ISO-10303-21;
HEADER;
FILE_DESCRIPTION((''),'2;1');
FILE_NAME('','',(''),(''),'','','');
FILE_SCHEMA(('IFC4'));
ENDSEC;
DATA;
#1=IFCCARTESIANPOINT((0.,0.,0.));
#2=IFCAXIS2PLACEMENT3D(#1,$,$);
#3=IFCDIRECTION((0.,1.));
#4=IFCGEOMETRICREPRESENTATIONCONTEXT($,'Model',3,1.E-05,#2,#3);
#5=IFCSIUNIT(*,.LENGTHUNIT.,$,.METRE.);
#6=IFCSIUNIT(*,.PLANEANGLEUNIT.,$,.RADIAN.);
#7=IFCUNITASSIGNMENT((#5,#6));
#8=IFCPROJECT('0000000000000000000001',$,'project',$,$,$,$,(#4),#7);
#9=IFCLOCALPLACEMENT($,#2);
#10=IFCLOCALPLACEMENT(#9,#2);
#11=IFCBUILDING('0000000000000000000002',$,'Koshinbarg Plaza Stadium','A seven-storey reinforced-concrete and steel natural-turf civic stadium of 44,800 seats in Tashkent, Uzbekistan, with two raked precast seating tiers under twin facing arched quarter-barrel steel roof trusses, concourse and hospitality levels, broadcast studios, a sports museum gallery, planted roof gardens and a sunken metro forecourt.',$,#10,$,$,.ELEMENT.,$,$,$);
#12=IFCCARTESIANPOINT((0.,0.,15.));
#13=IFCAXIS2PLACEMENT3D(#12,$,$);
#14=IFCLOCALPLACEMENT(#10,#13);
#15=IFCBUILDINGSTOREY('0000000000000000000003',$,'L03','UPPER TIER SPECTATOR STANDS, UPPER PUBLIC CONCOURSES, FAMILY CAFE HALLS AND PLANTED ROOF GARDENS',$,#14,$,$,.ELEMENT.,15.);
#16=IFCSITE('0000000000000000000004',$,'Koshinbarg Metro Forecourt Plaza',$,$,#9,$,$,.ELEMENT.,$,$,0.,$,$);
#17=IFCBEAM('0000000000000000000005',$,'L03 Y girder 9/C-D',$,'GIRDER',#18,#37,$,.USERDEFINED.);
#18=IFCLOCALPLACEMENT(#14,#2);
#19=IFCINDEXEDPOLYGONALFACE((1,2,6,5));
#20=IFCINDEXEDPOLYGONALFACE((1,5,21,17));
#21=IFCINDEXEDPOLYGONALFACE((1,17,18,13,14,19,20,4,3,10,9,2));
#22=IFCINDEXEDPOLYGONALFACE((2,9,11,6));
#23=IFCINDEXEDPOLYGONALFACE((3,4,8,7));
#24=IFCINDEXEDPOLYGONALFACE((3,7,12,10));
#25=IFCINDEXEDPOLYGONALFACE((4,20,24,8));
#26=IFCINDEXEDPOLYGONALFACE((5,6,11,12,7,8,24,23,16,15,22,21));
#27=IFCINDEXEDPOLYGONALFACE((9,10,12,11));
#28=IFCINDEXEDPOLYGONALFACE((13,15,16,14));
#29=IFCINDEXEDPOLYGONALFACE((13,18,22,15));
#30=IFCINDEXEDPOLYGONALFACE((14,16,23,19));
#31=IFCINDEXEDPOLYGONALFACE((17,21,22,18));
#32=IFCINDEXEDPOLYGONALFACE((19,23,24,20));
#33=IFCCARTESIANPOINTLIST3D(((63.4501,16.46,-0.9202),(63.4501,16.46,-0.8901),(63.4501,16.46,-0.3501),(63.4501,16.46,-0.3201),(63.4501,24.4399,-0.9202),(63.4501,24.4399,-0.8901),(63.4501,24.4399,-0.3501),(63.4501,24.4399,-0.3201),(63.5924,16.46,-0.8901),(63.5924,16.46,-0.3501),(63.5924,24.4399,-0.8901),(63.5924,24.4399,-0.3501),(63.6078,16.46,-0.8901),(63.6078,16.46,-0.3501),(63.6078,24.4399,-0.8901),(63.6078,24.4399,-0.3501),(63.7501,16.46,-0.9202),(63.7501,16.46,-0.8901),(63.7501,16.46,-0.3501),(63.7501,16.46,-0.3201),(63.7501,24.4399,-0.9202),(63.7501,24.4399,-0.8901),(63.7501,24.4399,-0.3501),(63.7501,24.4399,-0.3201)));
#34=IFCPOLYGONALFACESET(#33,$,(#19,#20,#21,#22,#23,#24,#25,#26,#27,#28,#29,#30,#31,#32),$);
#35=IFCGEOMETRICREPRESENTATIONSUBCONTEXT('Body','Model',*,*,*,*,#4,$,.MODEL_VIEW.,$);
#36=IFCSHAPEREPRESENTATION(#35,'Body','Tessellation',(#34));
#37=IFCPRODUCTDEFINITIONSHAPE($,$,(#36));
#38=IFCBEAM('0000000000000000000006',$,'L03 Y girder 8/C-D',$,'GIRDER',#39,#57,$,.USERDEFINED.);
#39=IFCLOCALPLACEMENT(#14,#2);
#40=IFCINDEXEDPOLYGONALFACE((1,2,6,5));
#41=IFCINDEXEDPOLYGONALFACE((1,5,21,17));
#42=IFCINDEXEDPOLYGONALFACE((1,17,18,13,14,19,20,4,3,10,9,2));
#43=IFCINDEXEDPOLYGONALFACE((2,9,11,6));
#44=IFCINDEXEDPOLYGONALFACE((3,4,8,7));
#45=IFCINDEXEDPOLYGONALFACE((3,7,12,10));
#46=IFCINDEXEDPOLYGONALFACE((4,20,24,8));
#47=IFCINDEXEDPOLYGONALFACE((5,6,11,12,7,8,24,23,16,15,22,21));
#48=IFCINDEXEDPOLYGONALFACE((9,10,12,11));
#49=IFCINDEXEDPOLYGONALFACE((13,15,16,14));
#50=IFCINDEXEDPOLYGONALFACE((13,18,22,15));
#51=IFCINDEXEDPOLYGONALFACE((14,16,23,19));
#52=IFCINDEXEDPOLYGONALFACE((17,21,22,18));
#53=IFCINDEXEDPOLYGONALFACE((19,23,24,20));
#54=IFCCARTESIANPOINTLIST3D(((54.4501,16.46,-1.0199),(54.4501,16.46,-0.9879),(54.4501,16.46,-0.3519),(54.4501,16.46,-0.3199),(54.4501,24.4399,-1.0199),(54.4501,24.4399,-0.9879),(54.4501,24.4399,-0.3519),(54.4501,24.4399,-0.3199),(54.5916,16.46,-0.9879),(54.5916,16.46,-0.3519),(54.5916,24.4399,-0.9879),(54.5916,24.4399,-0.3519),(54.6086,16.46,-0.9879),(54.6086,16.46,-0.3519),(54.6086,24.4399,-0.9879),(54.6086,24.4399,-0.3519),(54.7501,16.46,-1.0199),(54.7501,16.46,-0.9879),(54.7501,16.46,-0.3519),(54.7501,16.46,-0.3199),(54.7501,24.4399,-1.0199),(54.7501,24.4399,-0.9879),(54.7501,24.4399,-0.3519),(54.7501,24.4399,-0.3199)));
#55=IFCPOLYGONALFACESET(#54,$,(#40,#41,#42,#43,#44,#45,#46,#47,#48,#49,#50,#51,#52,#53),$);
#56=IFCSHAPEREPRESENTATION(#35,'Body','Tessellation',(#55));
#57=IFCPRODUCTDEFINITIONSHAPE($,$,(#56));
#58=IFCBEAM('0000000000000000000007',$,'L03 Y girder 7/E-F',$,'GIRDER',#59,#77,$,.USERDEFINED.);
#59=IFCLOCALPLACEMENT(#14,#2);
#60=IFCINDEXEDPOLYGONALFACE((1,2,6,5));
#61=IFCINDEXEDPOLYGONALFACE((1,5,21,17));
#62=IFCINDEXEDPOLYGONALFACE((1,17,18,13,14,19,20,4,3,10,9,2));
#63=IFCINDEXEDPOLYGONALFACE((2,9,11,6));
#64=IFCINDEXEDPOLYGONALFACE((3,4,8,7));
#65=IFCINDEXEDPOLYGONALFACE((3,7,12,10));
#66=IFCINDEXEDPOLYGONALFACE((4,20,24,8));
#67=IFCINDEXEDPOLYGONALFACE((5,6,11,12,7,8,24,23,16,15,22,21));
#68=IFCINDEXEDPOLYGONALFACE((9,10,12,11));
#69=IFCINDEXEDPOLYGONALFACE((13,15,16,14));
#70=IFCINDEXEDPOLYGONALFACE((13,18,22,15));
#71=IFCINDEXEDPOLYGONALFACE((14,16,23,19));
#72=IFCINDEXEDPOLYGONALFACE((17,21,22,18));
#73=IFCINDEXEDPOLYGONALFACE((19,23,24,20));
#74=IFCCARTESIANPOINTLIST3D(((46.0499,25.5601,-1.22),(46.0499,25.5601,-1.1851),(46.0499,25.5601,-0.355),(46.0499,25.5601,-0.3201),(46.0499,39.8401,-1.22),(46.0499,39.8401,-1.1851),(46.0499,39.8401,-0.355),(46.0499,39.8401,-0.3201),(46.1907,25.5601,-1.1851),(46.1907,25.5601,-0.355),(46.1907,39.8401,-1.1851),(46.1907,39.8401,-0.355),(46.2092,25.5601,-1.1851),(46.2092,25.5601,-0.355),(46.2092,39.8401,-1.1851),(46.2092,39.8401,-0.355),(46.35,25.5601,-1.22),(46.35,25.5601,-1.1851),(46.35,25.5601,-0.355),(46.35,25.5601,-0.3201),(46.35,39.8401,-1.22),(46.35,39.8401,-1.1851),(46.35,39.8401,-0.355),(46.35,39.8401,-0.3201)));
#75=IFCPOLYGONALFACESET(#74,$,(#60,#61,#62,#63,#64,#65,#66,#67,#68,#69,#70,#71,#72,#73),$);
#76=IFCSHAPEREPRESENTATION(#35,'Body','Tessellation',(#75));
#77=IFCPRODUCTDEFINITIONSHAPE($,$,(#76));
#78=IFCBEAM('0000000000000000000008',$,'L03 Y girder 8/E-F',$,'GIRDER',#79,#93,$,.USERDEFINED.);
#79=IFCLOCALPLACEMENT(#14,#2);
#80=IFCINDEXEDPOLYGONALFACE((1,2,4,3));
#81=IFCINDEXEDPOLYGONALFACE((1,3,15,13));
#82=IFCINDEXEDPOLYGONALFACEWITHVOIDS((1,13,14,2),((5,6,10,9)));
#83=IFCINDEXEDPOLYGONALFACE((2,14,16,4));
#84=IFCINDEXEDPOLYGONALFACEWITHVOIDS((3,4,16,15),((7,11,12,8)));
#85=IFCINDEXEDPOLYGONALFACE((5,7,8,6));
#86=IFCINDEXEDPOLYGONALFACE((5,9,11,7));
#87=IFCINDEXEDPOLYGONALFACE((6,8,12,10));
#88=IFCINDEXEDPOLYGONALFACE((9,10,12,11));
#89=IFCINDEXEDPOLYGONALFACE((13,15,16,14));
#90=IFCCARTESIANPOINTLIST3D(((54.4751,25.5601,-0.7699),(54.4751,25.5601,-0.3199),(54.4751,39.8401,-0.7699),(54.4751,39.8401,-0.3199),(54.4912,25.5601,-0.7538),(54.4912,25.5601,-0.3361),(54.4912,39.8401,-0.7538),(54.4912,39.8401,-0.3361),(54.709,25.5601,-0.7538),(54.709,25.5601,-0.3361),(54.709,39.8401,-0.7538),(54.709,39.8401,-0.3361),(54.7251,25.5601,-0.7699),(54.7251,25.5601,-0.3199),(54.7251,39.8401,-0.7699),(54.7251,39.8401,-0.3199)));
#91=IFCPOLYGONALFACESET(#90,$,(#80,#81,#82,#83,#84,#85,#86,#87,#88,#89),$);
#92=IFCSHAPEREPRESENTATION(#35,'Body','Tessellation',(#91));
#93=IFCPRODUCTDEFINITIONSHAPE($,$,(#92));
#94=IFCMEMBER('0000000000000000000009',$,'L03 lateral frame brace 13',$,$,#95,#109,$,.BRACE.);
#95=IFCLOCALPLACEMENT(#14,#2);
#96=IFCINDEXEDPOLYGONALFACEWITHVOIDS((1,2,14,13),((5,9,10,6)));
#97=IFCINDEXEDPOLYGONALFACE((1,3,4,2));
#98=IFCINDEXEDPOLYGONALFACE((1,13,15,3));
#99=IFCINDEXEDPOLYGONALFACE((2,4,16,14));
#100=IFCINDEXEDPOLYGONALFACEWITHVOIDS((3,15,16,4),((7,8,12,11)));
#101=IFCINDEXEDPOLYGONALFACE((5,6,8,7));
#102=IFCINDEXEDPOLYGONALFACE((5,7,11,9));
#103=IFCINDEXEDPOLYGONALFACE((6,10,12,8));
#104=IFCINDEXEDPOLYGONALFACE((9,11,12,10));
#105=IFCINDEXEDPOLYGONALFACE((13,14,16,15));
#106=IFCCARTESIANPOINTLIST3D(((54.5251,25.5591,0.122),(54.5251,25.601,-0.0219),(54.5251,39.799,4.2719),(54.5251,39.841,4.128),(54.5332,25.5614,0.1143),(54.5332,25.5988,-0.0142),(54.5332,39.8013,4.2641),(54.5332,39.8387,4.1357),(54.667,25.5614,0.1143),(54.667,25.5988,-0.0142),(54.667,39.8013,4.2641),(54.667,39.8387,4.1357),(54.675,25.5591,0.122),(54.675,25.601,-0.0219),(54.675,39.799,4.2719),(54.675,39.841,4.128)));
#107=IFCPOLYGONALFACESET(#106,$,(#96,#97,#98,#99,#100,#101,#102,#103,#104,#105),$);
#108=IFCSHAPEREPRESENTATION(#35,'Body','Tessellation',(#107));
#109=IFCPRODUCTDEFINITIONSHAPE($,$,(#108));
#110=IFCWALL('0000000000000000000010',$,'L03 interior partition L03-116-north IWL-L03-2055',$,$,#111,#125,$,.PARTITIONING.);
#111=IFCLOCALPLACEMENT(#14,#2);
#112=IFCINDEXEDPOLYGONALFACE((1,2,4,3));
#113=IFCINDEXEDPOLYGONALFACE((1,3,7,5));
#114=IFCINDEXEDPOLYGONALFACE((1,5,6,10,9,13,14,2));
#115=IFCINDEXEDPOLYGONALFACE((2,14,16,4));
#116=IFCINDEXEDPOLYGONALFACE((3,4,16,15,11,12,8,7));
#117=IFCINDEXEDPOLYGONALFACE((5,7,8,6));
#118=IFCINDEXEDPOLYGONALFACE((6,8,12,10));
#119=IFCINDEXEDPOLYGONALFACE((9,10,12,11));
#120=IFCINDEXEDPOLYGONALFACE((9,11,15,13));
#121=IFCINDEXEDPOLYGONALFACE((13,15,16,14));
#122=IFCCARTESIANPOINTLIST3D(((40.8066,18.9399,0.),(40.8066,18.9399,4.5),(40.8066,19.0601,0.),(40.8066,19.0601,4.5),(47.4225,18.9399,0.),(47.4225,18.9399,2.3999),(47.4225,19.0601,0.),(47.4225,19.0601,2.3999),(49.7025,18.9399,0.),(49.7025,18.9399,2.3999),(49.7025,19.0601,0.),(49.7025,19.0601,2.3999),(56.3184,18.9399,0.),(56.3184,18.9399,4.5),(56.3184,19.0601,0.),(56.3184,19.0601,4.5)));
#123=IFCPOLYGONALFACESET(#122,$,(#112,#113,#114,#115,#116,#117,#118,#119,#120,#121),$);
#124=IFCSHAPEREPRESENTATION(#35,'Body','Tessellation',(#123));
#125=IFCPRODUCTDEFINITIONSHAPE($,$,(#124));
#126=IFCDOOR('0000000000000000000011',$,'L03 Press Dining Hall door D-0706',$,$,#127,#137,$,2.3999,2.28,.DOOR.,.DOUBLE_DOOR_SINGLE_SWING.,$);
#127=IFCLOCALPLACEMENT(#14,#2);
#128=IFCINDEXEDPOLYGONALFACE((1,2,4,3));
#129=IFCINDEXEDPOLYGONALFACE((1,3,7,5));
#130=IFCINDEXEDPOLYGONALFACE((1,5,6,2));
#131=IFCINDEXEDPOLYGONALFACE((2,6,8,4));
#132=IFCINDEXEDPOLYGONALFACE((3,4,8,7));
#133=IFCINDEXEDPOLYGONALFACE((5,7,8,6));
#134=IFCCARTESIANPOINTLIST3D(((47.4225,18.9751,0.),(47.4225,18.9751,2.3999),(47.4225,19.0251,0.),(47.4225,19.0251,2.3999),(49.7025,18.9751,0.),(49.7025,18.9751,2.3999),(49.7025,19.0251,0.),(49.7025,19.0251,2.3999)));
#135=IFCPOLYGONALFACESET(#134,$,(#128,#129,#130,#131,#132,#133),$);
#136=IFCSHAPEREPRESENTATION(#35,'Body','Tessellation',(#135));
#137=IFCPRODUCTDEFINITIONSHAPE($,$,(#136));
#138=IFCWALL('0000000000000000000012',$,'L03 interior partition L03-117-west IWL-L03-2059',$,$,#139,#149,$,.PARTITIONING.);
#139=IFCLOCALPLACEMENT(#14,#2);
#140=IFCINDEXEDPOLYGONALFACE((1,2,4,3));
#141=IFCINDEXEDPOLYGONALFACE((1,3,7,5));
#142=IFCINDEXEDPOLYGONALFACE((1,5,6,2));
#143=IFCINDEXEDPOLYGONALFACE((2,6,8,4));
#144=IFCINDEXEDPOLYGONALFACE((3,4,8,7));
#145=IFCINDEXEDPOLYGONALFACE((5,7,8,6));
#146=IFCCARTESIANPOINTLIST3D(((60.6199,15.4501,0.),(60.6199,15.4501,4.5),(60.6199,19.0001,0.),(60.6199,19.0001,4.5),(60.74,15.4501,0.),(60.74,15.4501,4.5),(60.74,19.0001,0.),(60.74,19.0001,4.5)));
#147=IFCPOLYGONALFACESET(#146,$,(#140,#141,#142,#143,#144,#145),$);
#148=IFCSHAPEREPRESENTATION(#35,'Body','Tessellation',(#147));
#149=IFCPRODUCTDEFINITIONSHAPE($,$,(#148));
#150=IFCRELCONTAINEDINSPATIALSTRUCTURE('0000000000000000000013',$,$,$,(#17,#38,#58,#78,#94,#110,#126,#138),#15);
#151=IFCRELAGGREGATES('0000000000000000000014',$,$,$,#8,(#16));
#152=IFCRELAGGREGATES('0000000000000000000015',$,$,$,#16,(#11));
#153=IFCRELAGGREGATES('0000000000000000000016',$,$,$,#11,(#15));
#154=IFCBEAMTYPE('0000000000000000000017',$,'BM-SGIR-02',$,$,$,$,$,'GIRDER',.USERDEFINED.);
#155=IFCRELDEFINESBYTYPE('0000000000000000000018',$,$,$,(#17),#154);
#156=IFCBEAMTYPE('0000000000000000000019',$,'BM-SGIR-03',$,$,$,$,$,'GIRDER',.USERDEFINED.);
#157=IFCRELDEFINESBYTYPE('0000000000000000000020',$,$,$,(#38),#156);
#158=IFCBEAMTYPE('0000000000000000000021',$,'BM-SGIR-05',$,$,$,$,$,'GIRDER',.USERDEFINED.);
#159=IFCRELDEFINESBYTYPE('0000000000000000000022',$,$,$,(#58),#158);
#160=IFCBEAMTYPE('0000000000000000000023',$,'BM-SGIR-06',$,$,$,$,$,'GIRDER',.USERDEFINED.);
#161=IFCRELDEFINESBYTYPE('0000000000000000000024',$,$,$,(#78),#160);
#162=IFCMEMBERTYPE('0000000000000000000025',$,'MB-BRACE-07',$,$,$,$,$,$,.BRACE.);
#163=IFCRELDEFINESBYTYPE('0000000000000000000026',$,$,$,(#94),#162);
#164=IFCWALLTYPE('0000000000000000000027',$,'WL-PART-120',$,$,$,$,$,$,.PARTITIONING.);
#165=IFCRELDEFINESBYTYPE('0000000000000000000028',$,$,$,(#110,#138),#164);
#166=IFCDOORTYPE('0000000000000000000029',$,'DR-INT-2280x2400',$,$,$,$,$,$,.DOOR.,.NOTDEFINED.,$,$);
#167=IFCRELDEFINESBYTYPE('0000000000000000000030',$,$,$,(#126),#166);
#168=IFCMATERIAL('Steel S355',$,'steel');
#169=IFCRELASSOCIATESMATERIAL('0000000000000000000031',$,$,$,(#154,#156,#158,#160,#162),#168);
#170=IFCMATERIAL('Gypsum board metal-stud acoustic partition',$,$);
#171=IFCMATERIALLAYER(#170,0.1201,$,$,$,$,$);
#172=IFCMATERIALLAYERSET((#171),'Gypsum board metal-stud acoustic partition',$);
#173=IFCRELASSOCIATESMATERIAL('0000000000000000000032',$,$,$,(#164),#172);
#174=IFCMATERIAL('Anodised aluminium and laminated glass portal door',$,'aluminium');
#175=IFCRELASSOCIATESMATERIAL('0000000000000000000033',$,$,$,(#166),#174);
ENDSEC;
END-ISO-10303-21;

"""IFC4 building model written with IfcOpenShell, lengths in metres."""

from ifc_helpers import new_model, si_unit, direction, frame, frame_2d, origin, origin_2d, place, context, subcontext, project, spatial, rectangle, hollow_rectangle, i_section, extrude, material, layer, layer_set, material_profile, profile_set, type_object, element, fill, save


model = new_model("IFC4")

# Units and contexts
model_context = context("Model", 3, precision=1e-05, world=origin(), true_north=direction((0.0, 1.0)))
body_context = subcontext(model_context, "Body", "Model", "MODEL_VIEW")
ifc_project = project(units=[si_unit("LENGTHUNIT", "METRE"), si_unit("PLANEANGLEUNIT", "RADIAN")], contexts=[model_context])

# Site, building, storey
site_placement = place(None, origin())
site = spatial("IfcSite", under=ifc_project, at=site_placement, Name="Koshinbarg Metro Forecourt Plaza", CompositionType="ELEMENT", RefElevation=0.0)
building_placement = place(site_placement, origin())
building = spatial("IfcBuilding", under=site, at=building_placement, Name="Koshinbarg Plaza Stadium", Description="A seven-storey reinforced-concrete and steel natural-turf civic stadium of 44,800 seats in Tashkent, Uzbekistan, with two raked precast seating tiers under twin facing arched quarter-barrel steel roof trusses, concourse and hospitality levels, broadcast studios, a sports museum gallery, planted roof gardens and a sunken metro forecourt.", CompositionType="ELEMENT")
storey_placement = place(building_placement, frame((0.0, 0.0, 15.0)))
storey = spatial("IfcBuildingStorey", under=building, at=storey_placement, Name="L03", Description="UPPER TIER SPECTATOR STANDS, UPPER PUBLIC CONCOURSES, FAMILY CAFE HALLS AND PLANTED ROOF GARDENS", CompositionType="ELEMENT", Elevation=15.0)

# Shared definitions
ifc_material_1 = material(Name="Steel S355", Category="steel")

# Beams
ifc_material_profile_1 = material_profile(ifc_material_1, i_section(OverallWidth=0.3, OverallDepth=0.6001, WebThickness=0.0154, FlangeThickness=0.03, at=origin_2d()), Name="HEB 600")
ifc_profile_set_1 = profile_set([ifc_material_profile_1], Name="Steel S355")
beam_type_1 = type_object("IfcBeamType", Name="BM-SGIR-02", ElementType="GIRDER", PredefinedType="USERDEFINED", material=ifc_profile_set_1)
for number, where, z_axis, x_axis, name in (
    (1, (63.6001, 16.46, -0.6201), (0.0, 1.0, 0.0), (-1.0, 0.0, 0.0), "L03 Y girder 9/C-D"),
):
    element("IfcBeam", number, at=place(storey_placement, frame(where, z_axis=z_axis, x_axis=x_axis)), inside=storey, type_object=beam_type_1, Name=name, ObjectType="GIRDER", PredefinedType="USERDEFINED", context=body_context, shape_type="SweptSolid", body=[
        extrude(i_section(OverallWidth=0.3, OverallDepth=0.6001, WebThickness=0.0154, FlangeThickness=0.03, at=origin_2d()), origin(), (0.0, 0.0, 1.0), 7.98),
    ])
ifc_material_profile_2 = material_profile(ifc_material_1, i_section(OverallWidth=0.3, OverallDepth=0.7, WebThickness=0.0171, FlangeThickness=0.032, at=origin_2d()), Name="HEB 700")
ifc_profile_set_2 = profile_set([ifc_material_profile_2], Name="Steel S355")
beam_type_2 = type_object("IfcBeamType", Name="BM-SGIR-03", ElementType="GIRDER", PredefinedType="USERDEFINED", material=ifc_profile_set_2)
beam_1_placement = place(storey_placement, frame((54.6001, 16.46, -0.6699), z_axis=(0.0, 1.0, 0.0), x_axis=(-1.0, 0.0, 0.0)))
element("IfcBeam", 2, at=beam_1_placement, inside=storey, type_object=beam_type_2, Name="L03 Y girder 8/C-D", ObjectType="GIRDER", PredefinedType="USERDEFINED", context=body_context, shape_type="SweptSolid", body=[
    extrude(i_section(OverallWidth=0.3, OverallDepth=0.7, WebThickness=0.0171, FlangeThickness=0.032, at=origin_2d()), origin(), (0.0, 0.0, 1.0), 7.98),
])
ifc_material_profile_3 = material_profile(ifc_material_1, i_section(OverallWidth=0.3, OverallDepth=0.8999, WebThickness=0.0186, FlangeThickness=0.0349, at=origin_2d()), Name="HEB 900")
ifc_profile_set_3 = profile_set([ifc_material_profile_3], Name="Steel S355")
beam_type_3 = type_object("IfcBeamType", Name="BM-SGIR-05", ElementType="GIRDER", PredefinedType="USERDEFINED", material=ifc_profile_set_3)
beam_2_placement = place(storey_placement, frame((46.2, 25.5601, -0.77), z_axis=(0.0, 1.0, 0.0), x_axis=(-1.0, 0.0, 0.0)))
element("IfcBeam", 3, at=beam_2_placement, inside=storey, type_object=beam_type_3, Name="L03 Y girder 7/E-F", ObjectType="GIRDER", PredefinedType="USERDEFINED", context=body_context, shape_type="SweptSolid", body=[
    extrude(i_section(OverallWidth=0.3, OverallDepth=0.8999, WebThickness=0.0186, FlangeThickness=0.0349, at=origin_2d()), origin(), (0.0, 0.0, 1.0), 14.28),
])
ifc_material_profile_4 = material_profile(ifc_material_1, hollow_rectangle(XDim=0.25, YDim=0.45, WallThickness=0.0161, at=origin_2d()), Name="RHS 450x250x16")
ifc_profile_set_4 = profile_set([ifc_material_profile_4], Name="Steel S355")
beam_type_4 = type_object("IfcBeamType", Name="BM-SGIR-06", ElementType="GIRDER", PredefinedType="USERDEFINED", material=ifc_profile_set_4)
beam_3_placement = place(storey_placement, frame((54.6001, 25.5601, -0.5449), z_axis=(0.0, 1.0, 0.0), x_axis=(-1.0, 0.0, 0.0)))
element("IfcBeam", 4, at=beam_3_placement, inside=storey, type_object=beam_type_4, Name="L03 Y girder 8/E-F", ObjectType="GIRDER", PredefinedType="USERDEFINED", context=body_context, shape_type="SweptSolid", body=[
    extrude(hollow_rectangle(XDim=0.25, YDim=0.45, WallThickness=0.0161, at=origin_2d()), origin(), (0.0, 0.0, 1.0), 14.28),
])

# Member
ifc_material_profile_5 = material_profile(ifc_material_1, hollow_rectangle(XDim=0.1499, YDim=0.1499, WallThickness=0.0081, at=origin_2d()), Name="SHS 150x150x8")
ifc_profile_set_5 = profile_set([ifc_material_profile_5], Name="Steel S355")
member_type = type_object("IfcMemberType", Name="MB-BRACE-07", PredefinedType="BRACE", material=ifc_profile_set_5)
member_placement = place(storey_placement, frame((54.6001, 25.5801, 0.05), z_axis=(0.0, 0.960062, 0.279787), x_axis=(-1.0, 0.0, 0.0)))
element("IfcMember", 5, at=member_placement, inside=storey, type_object=member_type, Name="L03 lateral frame brace 13", PredefinedType="BRACE", context=body_context, shape_type="SweptSolid", body=[
    extrude(hollow_rectangle(XDim=0.1499, YDim=0.1499, WallThickness=0.0081, at=origin_2d()), origin(), (0.0, 0.0, 1.0), 14.8323),
])

# Wall, opening, door
ifc_material_2 = material(Name="Gypsum board metal-stud acoustic partition")
ifc_layer = layer(ifc_material_2, 0.1201)
ifc_layer_set = layer_set([ifc_layer], Name="Gypsum board metal-stud acoustic partition")
wall_type = type_object("IfcWallType", Name="WL-PART-120", PredefinedType="PARTITIONING", material=ifc_layer_set)
wall_1_placement = place(storey_placement, frame((56.3184, 19.0, 0.0), z_axis=(0.0, 0.0, 1.0), x_axis=(-1.0, 0.0, 0.0)))
wall_1 = element("IfcWall", 6, at=wall_1_placement, inside=storey, type_object=wall_type, Name="L03 interior partition L03-116-north IWL-L03-2055", PredefinedType="PARTITIONING", context=body_context, shape_type="SweptSolid", body=[
    extrude(rectangle(XDim=15.5117, YDim=0.1201, at=frame_2d((7.7559, 0.0))), origin(), (0.0, 0.0, 1.0), 4.5),
])
opening_placement = place(wall_1_placement, frame((6.6157, 0.0, 0.0)))
opening = element("IfcOpeningElement", 7, at=opening_placement, cuts=wall_1, PredefinedType="OPENING", context=body_context, shape_type="SweptSolid", body=[
    extrude(rectangle(XDim=2.28, YDim=2.3999, at=frame_2d((1.1401, 1.2))), frame((0.0, 0.0701, 0.0), z_axis=(0.0, -1.0, 0.0), x_axis=(1.0, 0.0, 0.0)), (0.0, 0.0, 1.0), 0.1401),
])
ifc_material_3 = material(Name="Anodised aluminium and laminated glass portal door", Category="aluminium")
door_type = type_object("IfcDoorType", Name="DR-INT-2280x2400", OperationType="NOTDEFINED", PredefinedType="DOOR", material=ifc_material_3)
door_placement = place(opening_placement, origin())
door = element("IfcDoor", 8, at=door_placement, inside=storey, type_object=door_type, Name="L03 Press Dining Hall door D-0706", OperationType="DOUBLE_DOOR_SINGLE_SWING", OverallHeight=2.3999, OverallWidth=2.28, PredefinedType="DOOR", context=body_context, shape_type="SweptSolid", body=[
    extrude(rectangle(XDim=2.28, YDim=2.3999, at=frame_2d((1.1401, 1.2))), frame((0.0, 0.0249, 0.0), z_axis=(0.0, -1.0, 0.0), x_axis=(1.0, 0.0, 0.0)), (0.0, 0.0, 1.0), 0.05),
])
fill(opening, door)

# Wall
wall_2_placement = place(storey_placement, frame((60.6799, 19.0, 0.0), z_axis=(0.0, 0.0, 1.0), x_axis=(0.0, -1.0, 0.0)))
element("IfcWall", 9, at=wall_2_placement, inside=storey, type_object=wall_type, Name="L03 interior partition L03-117-west IWL-L03-2059", PredefinedType="PARTITIONING", context=body_context, shape_type="SweptSolid", body=[
    extrude(rectangle(XDim=3.55, YDim=0.1201, at=frame_2d((1.7749, 0.0))), origin(), (0.0, 0.0, 1.0), 4.5),
])

save(model, "model.ifc")
